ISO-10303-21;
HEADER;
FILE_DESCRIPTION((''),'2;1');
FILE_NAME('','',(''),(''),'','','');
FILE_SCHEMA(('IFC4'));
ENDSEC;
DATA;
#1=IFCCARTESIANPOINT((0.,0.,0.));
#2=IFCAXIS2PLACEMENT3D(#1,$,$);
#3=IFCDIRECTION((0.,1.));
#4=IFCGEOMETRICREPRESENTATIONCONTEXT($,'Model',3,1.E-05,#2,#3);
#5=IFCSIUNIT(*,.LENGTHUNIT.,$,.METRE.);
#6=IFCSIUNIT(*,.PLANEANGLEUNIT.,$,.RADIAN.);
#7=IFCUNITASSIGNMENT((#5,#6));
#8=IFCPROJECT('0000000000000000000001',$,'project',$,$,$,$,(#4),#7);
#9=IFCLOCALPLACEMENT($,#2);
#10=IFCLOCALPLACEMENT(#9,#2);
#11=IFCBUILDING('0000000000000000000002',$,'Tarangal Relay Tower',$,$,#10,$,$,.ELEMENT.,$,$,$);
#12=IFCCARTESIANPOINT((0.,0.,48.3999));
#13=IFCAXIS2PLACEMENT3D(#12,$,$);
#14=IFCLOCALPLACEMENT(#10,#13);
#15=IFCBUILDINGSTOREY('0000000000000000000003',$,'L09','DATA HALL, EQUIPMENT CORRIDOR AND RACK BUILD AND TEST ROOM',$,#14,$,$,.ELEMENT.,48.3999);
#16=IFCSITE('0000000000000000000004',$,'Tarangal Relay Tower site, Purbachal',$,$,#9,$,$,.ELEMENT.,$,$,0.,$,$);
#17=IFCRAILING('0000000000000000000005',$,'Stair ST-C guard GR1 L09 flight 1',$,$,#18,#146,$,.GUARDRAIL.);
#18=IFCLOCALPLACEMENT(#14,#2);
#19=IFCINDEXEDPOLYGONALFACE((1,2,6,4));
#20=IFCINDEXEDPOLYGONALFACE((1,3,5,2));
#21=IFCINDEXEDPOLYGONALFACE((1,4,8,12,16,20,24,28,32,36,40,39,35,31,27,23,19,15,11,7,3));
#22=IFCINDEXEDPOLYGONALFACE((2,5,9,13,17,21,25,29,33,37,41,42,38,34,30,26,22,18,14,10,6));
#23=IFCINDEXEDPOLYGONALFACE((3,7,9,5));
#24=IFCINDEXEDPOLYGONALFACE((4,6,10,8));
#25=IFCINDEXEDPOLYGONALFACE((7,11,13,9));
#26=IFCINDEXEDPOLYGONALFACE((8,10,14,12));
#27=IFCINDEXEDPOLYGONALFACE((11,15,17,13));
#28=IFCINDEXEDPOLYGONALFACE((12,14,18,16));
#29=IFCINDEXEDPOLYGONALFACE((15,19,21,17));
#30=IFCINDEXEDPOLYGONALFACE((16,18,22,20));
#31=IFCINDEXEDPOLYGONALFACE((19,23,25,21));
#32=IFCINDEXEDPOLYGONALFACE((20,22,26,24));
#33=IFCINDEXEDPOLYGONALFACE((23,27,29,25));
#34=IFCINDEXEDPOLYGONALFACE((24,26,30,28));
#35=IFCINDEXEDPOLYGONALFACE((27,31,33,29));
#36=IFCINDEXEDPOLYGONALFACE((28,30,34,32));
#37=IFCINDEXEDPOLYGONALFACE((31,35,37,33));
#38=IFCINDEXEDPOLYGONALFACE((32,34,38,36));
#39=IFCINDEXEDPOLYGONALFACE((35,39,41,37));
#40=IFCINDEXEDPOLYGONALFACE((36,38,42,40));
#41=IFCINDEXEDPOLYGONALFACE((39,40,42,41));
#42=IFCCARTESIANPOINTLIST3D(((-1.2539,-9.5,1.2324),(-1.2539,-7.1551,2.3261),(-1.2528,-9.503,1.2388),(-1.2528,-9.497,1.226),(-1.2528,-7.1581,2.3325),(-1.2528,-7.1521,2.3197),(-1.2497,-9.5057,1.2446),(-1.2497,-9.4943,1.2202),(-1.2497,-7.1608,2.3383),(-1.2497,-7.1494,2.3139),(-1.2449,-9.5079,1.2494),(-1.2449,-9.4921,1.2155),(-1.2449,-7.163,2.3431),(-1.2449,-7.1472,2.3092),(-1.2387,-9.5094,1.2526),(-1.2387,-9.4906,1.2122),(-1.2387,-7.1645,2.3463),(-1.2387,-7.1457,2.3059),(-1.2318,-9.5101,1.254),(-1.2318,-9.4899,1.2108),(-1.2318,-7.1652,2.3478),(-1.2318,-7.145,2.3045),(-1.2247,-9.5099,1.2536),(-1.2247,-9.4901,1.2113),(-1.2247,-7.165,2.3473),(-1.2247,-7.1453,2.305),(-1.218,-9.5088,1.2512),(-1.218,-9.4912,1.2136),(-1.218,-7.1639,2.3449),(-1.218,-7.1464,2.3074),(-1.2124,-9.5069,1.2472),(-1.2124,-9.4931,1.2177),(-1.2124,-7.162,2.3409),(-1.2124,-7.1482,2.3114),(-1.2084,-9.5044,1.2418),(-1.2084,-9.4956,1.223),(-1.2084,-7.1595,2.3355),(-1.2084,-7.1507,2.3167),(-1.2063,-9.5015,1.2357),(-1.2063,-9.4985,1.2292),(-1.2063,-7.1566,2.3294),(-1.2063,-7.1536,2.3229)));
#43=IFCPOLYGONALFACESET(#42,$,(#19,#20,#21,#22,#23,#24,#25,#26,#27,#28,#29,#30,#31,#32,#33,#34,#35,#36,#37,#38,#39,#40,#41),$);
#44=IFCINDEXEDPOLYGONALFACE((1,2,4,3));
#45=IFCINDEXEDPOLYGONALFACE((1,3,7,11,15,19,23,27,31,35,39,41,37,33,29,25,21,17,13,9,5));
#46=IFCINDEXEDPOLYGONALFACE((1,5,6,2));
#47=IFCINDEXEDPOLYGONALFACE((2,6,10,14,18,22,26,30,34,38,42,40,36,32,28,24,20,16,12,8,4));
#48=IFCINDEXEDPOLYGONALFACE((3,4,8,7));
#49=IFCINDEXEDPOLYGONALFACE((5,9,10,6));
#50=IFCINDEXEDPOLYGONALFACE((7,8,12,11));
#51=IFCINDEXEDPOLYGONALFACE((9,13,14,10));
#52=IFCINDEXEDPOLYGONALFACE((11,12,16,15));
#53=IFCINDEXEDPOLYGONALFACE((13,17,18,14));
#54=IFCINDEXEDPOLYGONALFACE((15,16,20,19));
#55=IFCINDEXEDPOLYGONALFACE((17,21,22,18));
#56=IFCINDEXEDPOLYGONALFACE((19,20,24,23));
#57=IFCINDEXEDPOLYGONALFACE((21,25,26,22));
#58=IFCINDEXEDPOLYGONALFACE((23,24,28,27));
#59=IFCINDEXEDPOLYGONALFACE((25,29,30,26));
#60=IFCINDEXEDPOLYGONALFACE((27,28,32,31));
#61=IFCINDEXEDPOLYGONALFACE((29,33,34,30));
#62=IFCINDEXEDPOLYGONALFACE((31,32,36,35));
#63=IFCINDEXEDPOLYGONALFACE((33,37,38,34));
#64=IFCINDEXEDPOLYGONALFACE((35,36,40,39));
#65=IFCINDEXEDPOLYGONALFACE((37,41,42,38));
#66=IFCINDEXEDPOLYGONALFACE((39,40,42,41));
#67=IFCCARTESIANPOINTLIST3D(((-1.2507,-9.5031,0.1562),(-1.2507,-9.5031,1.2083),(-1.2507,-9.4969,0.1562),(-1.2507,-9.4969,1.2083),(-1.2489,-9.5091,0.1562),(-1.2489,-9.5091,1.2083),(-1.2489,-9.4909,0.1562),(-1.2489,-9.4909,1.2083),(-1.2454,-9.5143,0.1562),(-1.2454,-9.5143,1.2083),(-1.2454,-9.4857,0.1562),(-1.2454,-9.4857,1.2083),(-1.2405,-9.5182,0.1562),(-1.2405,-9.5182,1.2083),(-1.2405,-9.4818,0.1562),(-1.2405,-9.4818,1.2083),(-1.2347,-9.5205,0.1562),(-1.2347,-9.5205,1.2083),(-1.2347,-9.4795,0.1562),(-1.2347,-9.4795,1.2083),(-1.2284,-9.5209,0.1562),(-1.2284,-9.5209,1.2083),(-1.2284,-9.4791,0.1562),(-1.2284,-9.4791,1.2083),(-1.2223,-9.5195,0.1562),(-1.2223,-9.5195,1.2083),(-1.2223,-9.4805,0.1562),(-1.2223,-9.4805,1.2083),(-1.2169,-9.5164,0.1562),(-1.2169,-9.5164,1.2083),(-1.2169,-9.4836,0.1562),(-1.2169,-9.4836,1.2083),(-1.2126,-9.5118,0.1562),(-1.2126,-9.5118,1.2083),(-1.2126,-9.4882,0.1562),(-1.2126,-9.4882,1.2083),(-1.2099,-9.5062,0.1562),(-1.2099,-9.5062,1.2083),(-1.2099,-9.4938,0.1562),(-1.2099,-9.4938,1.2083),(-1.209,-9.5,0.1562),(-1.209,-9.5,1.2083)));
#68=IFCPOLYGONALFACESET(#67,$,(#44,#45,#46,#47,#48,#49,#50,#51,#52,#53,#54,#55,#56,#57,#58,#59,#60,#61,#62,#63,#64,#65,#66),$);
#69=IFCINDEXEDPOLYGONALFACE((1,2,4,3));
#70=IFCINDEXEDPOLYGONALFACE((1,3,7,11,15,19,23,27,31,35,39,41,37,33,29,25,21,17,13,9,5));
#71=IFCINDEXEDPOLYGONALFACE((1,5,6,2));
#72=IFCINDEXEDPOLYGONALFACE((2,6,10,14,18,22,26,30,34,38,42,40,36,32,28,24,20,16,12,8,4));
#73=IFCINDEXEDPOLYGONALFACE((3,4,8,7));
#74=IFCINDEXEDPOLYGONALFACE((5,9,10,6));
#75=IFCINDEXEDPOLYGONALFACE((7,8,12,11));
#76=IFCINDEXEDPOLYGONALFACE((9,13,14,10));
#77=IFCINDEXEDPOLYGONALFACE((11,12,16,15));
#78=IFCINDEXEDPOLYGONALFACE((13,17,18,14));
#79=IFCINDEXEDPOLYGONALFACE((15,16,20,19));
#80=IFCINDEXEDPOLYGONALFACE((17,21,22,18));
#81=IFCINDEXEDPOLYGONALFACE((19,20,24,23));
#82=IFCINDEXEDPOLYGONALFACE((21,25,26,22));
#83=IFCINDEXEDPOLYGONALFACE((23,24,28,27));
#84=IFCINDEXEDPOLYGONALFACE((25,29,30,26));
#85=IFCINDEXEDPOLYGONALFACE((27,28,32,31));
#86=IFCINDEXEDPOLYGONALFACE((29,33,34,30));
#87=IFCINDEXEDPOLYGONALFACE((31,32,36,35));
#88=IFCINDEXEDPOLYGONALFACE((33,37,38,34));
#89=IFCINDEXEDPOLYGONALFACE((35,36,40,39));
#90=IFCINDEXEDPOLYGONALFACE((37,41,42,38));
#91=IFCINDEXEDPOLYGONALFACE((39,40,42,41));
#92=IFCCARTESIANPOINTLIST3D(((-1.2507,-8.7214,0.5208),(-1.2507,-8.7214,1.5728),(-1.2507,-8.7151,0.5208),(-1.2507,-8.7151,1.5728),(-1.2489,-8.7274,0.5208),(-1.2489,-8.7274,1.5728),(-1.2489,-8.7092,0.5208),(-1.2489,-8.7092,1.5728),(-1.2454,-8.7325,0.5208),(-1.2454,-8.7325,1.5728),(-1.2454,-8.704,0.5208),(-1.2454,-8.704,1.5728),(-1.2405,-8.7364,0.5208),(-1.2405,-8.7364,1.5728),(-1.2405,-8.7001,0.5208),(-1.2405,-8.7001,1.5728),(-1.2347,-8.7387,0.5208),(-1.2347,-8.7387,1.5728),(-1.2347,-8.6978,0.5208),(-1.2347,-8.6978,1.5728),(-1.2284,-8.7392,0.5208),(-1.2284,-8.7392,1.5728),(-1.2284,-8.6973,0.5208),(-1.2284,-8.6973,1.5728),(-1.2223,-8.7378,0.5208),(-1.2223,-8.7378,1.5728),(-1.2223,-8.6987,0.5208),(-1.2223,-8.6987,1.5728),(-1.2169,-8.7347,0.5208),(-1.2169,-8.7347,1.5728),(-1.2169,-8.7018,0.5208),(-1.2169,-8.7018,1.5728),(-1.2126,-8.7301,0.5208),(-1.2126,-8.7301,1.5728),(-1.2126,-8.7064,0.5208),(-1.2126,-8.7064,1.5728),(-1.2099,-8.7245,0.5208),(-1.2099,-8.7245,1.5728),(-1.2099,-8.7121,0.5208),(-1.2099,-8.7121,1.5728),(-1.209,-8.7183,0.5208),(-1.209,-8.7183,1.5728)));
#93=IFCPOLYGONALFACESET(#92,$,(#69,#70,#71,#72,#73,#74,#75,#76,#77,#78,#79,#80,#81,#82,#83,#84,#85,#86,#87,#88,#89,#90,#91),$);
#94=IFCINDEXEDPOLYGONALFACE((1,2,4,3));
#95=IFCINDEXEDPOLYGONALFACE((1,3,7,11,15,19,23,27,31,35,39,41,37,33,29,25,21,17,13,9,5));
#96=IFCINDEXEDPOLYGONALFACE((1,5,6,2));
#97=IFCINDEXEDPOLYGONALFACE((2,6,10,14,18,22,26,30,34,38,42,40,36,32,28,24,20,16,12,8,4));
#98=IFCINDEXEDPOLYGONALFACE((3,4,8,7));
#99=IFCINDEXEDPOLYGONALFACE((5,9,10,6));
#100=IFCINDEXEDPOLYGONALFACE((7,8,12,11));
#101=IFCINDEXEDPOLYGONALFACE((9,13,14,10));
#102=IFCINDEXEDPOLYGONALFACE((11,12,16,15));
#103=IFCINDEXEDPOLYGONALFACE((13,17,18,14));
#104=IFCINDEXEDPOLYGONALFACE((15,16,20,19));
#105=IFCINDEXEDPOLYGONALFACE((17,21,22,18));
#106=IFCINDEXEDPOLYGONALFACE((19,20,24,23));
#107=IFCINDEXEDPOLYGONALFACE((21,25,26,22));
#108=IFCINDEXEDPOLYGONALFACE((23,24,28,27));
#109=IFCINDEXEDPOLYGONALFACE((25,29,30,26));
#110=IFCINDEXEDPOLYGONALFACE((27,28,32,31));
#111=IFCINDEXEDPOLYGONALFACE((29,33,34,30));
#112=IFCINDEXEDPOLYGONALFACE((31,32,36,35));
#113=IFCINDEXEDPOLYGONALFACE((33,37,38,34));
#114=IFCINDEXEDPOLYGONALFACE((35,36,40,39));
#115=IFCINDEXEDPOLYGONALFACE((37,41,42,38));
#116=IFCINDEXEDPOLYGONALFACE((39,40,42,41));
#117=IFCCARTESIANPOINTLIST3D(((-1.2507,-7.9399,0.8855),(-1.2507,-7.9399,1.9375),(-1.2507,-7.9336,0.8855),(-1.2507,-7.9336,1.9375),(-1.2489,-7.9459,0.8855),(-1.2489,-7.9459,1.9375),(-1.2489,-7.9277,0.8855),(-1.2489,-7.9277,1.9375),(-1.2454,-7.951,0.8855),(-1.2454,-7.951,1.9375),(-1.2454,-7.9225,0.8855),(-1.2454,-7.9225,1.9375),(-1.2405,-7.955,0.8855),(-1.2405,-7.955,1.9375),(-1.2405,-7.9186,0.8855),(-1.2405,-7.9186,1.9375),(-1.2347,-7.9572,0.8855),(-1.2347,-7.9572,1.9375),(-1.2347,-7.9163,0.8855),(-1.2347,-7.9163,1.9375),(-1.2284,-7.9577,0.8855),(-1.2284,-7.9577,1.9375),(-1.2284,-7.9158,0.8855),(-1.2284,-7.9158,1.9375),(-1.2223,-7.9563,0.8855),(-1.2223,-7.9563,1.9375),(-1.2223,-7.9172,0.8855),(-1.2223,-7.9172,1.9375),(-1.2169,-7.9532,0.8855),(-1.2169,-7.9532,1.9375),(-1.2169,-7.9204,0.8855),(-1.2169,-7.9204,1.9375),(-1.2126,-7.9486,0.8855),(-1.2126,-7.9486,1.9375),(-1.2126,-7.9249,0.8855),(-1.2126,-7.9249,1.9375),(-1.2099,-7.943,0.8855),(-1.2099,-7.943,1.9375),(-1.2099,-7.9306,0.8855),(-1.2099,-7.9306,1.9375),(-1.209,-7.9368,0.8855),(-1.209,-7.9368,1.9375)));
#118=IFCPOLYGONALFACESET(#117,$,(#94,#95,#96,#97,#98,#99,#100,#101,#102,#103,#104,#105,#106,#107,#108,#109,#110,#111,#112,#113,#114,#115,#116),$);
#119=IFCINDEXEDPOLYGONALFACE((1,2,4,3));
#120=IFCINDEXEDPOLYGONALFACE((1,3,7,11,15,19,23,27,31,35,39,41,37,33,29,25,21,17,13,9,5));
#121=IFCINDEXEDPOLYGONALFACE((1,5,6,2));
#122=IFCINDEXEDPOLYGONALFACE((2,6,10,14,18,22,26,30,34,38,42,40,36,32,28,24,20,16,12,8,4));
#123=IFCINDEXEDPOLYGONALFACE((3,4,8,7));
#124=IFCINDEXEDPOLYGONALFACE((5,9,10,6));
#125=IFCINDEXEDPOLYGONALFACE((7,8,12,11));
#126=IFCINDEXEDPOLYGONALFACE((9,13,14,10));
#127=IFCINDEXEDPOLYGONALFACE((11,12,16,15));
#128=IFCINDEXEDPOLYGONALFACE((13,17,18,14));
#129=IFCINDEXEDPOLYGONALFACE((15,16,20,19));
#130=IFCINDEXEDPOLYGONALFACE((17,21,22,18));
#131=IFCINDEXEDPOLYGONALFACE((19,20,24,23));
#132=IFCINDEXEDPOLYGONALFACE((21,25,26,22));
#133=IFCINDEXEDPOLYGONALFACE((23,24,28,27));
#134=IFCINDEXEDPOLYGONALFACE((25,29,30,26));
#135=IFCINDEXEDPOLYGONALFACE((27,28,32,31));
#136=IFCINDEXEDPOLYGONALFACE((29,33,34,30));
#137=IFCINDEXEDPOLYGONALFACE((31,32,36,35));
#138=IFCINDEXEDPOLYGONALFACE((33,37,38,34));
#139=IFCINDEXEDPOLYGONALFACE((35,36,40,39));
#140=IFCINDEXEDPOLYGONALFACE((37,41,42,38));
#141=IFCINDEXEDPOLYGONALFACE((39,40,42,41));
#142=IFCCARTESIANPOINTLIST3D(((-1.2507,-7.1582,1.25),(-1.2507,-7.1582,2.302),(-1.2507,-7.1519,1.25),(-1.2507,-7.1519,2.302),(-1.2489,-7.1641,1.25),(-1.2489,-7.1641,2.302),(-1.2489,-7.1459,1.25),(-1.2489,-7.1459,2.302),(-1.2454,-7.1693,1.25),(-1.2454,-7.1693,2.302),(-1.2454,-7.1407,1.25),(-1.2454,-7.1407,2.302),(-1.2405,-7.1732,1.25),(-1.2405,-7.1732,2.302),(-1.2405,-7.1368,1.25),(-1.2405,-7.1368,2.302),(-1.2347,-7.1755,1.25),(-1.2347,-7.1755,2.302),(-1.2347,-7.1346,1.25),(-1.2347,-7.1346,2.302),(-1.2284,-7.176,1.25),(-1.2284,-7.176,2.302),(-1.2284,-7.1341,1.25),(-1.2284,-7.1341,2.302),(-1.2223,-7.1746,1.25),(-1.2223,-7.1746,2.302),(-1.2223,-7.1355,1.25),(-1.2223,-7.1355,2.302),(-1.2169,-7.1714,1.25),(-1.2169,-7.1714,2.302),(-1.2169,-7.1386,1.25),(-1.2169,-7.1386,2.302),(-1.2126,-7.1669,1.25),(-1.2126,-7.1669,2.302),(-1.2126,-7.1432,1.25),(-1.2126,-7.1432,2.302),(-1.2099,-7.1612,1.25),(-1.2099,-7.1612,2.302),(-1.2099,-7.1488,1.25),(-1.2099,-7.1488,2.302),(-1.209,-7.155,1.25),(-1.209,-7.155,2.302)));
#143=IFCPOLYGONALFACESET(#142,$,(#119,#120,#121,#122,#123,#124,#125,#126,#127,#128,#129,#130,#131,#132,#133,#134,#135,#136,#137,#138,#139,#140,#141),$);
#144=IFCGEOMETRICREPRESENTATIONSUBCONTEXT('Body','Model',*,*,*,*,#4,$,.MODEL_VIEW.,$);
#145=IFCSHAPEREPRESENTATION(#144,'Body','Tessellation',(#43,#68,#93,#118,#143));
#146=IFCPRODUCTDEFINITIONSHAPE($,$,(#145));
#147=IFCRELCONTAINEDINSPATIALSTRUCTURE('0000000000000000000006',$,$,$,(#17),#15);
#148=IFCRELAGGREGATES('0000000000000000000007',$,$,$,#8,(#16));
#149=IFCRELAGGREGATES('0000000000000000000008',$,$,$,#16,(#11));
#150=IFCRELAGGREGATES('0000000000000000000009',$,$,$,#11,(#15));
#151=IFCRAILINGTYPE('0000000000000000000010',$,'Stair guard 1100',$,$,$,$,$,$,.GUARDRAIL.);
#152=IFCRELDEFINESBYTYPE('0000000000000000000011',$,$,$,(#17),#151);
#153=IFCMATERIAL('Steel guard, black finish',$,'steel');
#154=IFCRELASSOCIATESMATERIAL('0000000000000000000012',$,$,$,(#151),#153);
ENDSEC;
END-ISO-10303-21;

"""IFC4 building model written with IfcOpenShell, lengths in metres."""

from ifc_helpers import new_model, si_unit, direction, frame, origin, origin_2d, place, context, subcontext, project, spatial, circle, extrude, material, type_object, element, save


model = new_model("IFC4")

# Units and contexts
model_context = context("Model", 3, precision=1e-05, world=origin(), true_north=direction((0.0, 1.0)))
body_context = subcontext(model_context, "Body", "Model", "MODEL_VIEW")
ifc_project = project(units=[si_unit("LENGTHUNIT", "METRE"), si_unit("PLANEANGLEUNIT", "RADIAN")], contexts=[model_context])

# Site, building, storey
site_placement = place(None, origin())
site = spatial("IfcSite", under=ifc_project, at=site_placement, Name="Tarangal Relay Tower site, Purbachal", CompositionType="ELEMENT", RefElevation=0.0)
building_placement = place(site_placement, origin())
building = spatial("IfcBuilding", under=site, at=building_placement, Name="Tarangal Relay Tower", CompositionType="ELEMENT")
storey_placement = place(building_placement, frame((0.0, 0.0, 48.3999)))
storey = spatial("IfcBuildingStorey", under=building, at=storey_placement, Name="L09", Description="DATA HALL, EQUIPMENT CORRIDOR AND RACK BUILD AND TEST ROOM", CompositionType="ELEMENT", Elevation=48.3999)

# Railing
ifc_material_1 = material(Name="Steel guard, black finish", Category="steel")
railing_type_1 = type_object("IfcRailingType", Name="Stair guard 1100", PredefinedType="GUARDRAIL", material=ifc_material_1)
for number, where, name in (
    (1, (-1.23, -9.5, 0.1562), "Stair ST-C guard GR1 L09 flight 1"),
):
    element("IfcRailing", number, at=place(storey_placement, frame(where)), inside=storey, type_object=railing_type_1, Name=name, PredefinedType="GUARDRAIL", context=body_context, shape_type="SweptSolid", body=[
        extrude(circle(Radius=0.0239, at=origin_2d()), frame((0.0, 0.0, 1.0762), z_axis=(0.0, 0.906267, 0.422705), x_axis=(-1.0, 0.0, 0.0)), (0.0, 0.0, 1.0), 2.5874),
        extrude(circle(Radius=0.021, at=origin_2d()), origin(), (0.0, 0.0, 1.0), 1.052),
        extrude(circle(Radius=0.021, at=origin_2d()), frame((0.0, 0.7817, 0.3645)), (0.0, 0.0, 1.0), 1.052),
        extrude(circle(Radius=0.021, at=origin_2d()), frame((0.0, 1.5632, 0.7292)), (0.0, 0.0, 1.0), 1.052),
        extrude(circle(Radius=0.021, at=origin_2d()), frame((0.0, 2.345, 1.0938)), (0.0, 0.0, 1.0), 1.052),
    ])

save(model, "model.ifc")
